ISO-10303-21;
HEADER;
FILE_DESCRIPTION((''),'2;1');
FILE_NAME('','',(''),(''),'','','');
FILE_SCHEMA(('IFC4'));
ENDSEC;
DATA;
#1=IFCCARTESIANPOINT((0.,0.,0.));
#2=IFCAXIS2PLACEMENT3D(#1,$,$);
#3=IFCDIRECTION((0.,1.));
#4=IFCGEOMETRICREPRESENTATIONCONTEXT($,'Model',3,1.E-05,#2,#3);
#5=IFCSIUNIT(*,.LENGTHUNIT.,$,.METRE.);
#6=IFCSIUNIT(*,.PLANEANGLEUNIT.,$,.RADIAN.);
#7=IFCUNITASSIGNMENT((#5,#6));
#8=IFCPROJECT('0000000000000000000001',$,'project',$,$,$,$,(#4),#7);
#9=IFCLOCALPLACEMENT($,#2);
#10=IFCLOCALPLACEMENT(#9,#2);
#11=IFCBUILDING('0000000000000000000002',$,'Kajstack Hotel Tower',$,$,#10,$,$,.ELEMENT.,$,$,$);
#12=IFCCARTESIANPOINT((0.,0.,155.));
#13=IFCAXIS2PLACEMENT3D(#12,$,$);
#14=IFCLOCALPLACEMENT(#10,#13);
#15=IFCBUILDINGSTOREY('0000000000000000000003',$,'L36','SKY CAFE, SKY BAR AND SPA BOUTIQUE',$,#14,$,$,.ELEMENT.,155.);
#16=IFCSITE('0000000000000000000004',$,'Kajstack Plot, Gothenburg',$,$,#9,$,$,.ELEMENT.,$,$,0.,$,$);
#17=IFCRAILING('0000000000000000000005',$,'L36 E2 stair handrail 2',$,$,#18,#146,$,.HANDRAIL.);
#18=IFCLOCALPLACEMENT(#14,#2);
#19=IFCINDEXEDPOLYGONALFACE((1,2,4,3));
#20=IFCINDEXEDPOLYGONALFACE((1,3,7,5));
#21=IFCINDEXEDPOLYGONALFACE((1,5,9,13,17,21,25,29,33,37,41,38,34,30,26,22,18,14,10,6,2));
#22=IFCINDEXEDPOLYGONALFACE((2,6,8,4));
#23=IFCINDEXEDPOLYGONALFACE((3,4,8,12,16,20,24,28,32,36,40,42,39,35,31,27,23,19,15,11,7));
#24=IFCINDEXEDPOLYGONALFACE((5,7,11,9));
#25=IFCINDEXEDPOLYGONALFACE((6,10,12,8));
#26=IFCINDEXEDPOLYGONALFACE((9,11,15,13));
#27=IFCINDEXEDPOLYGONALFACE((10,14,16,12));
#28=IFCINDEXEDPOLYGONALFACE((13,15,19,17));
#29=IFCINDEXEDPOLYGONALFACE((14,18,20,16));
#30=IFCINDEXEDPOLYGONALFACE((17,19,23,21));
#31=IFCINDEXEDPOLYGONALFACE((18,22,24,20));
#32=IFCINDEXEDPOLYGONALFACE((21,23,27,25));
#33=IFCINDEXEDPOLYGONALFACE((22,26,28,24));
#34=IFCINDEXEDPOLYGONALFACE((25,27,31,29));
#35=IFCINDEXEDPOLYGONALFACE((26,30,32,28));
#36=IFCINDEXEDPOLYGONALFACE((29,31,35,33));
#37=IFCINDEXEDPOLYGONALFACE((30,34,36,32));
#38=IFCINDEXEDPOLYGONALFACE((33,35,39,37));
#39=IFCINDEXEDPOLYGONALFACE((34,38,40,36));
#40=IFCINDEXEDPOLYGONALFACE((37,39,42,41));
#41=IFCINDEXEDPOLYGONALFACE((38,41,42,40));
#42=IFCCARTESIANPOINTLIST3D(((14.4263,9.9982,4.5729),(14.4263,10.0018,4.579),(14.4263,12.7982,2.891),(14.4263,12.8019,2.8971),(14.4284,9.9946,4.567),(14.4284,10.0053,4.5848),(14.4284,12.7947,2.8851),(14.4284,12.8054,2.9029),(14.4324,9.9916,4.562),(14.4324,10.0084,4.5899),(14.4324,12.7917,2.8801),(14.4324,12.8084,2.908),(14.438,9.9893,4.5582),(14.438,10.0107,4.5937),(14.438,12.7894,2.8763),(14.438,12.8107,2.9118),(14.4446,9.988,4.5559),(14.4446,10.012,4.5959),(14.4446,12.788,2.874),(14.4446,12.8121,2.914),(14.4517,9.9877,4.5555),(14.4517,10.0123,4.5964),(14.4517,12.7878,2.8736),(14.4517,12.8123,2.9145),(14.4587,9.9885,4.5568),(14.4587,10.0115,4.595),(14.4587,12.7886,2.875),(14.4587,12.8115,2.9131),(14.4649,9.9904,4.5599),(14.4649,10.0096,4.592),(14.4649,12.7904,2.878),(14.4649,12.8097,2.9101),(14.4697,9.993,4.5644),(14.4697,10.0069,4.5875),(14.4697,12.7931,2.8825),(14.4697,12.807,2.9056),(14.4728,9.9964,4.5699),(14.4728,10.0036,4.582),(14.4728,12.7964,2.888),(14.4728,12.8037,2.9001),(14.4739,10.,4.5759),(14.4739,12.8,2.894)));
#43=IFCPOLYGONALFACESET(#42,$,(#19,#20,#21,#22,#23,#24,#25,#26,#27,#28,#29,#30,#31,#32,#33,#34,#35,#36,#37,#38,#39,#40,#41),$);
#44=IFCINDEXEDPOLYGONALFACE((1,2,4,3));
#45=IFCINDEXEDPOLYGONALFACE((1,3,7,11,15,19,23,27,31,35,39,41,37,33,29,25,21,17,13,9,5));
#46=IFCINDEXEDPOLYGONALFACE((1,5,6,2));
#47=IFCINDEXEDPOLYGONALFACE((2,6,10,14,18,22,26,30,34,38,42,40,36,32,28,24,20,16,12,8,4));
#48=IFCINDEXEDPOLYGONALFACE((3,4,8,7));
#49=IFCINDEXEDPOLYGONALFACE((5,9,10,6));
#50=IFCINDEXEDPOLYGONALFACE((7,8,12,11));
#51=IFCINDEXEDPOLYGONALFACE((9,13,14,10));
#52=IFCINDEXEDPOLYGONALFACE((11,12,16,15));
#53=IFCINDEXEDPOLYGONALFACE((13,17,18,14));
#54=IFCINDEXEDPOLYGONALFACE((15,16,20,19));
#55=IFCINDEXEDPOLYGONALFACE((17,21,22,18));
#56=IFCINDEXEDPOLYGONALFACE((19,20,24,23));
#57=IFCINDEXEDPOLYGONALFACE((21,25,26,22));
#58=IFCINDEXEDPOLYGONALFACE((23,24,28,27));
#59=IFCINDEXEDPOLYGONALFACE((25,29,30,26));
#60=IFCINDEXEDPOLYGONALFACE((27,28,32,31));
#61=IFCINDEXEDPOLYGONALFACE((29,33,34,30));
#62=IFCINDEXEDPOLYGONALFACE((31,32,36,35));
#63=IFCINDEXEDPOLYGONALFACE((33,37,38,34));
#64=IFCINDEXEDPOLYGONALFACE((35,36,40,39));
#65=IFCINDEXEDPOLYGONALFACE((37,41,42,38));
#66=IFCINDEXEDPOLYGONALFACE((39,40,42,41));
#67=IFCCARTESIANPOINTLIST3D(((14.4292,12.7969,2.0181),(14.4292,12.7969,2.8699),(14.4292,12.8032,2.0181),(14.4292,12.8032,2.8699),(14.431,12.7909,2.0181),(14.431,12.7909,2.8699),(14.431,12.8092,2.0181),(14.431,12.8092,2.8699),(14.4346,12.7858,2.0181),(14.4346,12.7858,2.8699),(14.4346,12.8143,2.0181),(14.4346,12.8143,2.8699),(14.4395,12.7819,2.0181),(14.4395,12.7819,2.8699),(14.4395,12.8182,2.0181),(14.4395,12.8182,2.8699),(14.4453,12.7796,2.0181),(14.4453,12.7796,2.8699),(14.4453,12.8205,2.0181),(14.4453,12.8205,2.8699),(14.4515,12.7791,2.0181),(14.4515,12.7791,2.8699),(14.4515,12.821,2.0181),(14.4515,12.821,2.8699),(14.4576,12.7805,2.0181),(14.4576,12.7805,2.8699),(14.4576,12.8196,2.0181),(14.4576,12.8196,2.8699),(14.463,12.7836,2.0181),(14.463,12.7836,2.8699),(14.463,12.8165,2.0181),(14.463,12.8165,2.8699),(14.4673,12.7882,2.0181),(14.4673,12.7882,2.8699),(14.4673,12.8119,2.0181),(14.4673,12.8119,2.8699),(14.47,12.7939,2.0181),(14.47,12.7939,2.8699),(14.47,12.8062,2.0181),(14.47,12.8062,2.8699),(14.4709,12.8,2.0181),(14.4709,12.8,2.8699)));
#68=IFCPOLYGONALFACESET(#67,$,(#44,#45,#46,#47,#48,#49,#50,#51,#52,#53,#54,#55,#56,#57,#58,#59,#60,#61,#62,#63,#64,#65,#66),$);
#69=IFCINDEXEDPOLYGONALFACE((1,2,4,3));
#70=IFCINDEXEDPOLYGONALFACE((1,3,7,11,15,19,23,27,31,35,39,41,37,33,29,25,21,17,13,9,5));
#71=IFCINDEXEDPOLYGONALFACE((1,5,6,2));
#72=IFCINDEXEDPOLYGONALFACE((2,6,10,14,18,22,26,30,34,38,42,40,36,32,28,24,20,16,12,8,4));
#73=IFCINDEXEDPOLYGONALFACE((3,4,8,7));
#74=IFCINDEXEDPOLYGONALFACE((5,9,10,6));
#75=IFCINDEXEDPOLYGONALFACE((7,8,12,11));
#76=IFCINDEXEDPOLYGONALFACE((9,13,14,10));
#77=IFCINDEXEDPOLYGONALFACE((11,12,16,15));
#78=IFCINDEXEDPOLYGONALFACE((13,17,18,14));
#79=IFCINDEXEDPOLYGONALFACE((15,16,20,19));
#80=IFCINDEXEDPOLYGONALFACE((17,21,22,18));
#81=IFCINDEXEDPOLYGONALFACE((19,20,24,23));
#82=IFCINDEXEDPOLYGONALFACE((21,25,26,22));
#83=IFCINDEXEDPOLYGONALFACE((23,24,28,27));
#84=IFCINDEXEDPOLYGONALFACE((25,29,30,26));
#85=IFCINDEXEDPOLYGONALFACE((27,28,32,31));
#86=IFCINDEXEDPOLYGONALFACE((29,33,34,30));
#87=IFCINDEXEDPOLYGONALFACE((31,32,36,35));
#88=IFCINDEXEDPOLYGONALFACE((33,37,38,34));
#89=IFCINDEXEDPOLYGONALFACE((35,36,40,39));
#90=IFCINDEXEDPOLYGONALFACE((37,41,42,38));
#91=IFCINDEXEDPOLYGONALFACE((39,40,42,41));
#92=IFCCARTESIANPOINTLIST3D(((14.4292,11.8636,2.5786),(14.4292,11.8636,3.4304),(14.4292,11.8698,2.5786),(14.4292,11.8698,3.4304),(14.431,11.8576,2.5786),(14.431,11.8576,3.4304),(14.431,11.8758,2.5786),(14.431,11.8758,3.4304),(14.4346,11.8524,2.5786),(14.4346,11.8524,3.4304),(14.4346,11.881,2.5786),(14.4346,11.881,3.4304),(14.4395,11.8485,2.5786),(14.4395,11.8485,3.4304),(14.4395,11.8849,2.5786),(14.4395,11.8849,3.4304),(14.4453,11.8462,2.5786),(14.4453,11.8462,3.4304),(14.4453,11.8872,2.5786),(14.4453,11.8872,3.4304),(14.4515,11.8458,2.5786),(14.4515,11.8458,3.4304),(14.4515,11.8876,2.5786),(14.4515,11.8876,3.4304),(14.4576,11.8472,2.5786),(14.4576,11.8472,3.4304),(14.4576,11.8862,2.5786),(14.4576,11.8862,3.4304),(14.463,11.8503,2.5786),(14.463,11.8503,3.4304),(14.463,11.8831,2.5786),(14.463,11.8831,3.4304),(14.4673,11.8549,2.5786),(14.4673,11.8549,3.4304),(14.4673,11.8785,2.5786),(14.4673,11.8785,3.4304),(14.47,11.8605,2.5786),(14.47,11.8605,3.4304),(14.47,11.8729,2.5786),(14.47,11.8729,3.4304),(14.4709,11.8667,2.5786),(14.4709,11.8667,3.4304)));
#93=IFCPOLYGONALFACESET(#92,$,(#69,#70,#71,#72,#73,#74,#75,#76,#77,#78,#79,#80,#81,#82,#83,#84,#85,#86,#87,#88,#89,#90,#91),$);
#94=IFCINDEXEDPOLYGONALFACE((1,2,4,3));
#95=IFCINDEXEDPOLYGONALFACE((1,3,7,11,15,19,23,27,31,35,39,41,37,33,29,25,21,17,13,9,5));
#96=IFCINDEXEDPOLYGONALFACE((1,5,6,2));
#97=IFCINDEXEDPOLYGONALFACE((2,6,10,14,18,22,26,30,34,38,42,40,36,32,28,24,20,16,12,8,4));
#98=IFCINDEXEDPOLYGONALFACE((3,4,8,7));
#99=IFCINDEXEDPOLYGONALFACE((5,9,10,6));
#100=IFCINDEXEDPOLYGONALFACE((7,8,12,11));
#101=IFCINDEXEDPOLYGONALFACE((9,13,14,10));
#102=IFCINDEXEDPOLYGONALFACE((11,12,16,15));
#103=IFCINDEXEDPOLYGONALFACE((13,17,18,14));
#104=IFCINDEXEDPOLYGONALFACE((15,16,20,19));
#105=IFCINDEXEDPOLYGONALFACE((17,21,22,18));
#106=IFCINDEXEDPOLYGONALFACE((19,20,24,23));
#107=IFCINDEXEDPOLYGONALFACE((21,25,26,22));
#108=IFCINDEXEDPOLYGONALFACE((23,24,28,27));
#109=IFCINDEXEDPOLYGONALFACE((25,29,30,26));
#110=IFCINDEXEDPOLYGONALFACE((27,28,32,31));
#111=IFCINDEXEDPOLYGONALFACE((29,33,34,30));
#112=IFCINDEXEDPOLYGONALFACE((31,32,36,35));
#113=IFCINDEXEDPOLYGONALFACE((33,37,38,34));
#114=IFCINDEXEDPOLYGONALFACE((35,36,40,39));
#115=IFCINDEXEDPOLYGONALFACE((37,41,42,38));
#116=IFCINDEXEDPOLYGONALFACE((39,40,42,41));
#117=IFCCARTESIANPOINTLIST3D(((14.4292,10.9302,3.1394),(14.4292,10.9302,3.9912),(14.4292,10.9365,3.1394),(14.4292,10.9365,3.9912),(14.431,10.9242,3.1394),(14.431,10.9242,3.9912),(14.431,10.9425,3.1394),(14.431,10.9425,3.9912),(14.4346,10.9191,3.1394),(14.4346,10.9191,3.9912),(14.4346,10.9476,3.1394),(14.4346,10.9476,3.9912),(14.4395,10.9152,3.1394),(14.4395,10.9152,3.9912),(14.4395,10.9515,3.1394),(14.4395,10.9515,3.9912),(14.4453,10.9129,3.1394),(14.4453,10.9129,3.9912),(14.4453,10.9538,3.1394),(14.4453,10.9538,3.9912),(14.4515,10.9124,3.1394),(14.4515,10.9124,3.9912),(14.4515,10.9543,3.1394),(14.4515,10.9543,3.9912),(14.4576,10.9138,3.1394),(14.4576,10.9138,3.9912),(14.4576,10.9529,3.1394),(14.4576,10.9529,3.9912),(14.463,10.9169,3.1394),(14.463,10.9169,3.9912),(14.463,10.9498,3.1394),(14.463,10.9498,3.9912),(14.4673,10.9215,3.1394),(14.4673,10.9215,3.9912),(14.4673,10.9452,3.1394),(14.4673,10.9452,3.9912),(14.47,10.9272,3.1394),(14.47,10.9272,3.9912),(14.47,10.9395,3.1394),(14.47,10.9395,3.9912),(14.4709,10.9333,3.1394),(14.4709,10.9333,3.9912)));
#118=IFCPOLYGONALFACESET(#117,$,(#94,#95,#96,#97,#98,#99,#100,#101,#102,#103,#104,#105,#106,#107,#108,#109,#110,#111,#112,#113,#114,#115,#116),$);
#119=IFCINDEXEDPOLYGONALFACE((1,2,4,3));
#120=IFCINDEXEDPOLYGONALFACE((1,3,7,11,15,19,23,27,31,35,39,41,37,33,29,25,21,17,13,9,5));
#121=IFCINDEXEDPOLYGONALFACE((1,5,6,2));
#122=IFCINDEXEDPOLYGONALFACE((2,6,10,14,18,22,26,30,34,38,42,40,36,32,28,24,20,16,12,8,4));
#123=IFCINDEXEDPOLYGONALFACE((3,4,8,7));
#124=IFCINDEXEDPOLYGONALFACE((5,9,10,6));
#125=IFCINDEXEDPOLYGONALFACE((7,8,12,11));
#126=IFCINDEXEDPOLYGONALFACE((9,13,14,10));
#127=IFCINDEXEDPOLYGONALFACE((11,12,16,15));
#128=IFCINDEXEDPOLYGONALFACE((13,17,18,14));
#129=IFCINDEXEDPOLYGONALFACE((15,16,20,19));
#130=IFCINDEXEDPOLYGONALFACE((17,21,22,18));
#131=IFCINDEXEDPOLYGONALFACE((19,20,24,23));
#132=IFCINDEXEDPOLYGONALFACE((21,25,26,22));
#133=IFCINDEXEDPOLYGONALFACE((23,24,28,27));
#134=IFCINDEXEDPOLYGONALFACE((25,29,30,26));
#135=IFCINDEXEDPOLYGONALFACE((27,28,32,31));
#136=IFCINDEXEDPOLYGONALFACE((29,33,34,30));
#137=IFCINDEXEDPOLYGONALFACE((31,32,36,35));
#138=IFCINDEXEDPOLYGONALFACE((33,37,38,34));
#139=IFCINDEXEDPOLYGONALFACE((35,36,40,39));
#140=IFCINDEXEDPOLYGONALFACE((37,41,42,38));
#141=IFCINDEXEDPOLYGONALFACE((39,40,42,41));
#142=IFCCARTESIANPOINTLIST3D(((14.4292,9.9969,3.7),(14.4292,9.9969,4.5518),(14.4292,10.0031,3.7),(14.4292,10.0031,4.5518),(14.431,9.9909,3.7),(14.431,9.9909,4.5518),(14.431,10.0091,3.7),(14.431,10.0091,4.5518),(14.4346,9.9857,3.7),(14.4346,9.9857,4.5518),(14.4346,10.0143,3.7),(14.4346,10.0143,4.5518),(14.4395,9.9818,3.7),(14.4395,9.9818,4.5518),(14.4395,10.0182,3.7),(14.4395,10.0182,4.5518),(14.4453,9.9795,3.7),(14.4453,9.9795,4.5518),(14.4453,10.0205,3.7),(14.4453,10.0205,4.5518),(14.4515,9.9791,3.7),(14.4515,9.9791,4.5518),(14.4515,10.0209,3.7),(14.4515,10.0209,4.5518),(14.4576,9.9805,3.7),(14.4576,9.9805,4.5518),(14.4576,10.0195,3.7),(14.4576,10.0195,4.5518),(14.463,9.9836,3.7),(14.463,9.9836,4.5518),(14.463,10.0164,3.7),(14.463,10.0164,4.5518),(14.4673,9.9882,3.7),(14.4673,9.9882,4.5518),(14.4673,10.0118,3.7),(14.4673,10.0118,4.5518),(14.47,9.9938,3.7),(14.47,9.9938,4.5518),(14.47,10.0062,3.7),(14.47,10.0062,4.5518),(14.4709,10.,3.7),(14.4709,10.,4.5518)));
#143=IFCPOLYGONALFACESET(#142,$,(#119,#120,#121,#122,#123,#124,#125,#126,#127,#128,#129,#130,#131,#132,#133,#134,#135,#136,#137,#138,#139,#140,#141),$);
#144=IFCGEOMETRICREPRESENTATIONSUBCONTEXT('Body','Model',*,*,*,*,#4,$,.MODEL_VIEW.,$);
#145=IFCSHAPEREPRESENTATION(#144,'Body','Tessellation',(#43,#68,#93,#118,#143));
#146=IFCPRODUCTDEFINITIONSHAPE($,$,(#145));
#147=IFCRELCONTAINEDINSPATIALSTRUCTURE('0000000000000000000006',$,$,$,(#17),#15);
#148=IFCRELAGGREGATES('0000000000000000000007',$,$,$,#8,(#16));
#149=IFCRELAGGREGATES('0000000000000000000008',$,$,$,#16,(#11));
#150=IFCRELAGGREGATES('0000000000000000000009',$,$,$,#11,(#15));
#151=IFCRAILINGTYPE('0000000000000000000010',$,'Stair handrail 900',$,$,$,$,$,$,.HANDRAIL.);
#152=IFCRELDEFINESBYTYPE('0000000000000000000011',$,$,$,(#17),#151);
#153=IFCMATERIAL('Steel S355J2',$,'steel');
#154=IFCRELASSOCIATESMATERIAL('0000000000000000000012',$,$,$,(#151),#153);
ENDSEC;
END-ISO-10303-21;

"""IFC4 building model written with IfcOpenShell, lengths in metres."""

from ifc_helpers import new_model, si_unit, direction, frame, origin, origin_2d, place, context, subcontext, project, spatial, circle, extrude, material, type_object, element, save


model = new_model("IFC4")

# Units and contexts
model_context = context("Model", 3, precision=1e-05, world=origin(), true_north=direction((0.0, 1.0)))
body_context = subcontext(model_context, "Body", "Model", "MODEL_VIEW")
ifc_project = project(units=[si_unit("LENGTHUNIT", "METRE"), si_unit("PLANEANGLEUNIT", "RADIAN")], contexts=[model_context])

# Site, building, storey
site_placement = place(None, origin())
site = spatial("IfcSite", under=ifc_project, at=site_placement, Name="Kajstack Plot, Gothenburg", CompositionType="ELEMENT", RefElevation=0.0)
building_placement = place(site_placement, origin())
building = spatial("IfcBuilding", under=site, at=building_placement, Name="Kajstack Hotel Tower", CompositionType="ELEMENT")
storey_placement = place(building_placement, frame((0.0, 0.0, 155.0)))
storey = spatial("IfcBuildingStorey", under=building, at=storey_placement, Name="L36", Description="SKY CAFE, SKY BAR AND SPA BOUTIQUE", CompositionType="ELEMENT", Elevation=155.0)

# Railing
ifc_material_1 = material(Name="Steel S355J2", Category="steel")
railing_type_1 = type_object("IfcRailingType", Name="Stair handrail 900", PredefinedType="HANDRAIL", material=ifc_material_1)
railing_1_placement = place(storey_placement, frame((14.45, 12.8, 2.0181)))
element("IfcRailing", 1, at=railing_1_placement, inside=storey, type_object=railing_type_1, Name="L36 E2 stair handrail 2", PredefinedType="HANDRAIL", context=body_context, shape_type="SweptSolid", body=[
    extrude(circle(Radius=0.0239, at=origin_2d()), frame((0.0, 0.0, 0.876), z_axis=(0.0, -0.857242, 0.514913), x_axis=(1.0, 0.0, 0.0)), (0.0, 0.0, 1.0), 3.2664),
    extrude(circle(Radius=0.021, at=origin_2d()), origin(), (0.0, 0.0, 1.0), 0.8518),
    extrude(circle(Radius=0.021, at=origin_2d()), frame((0.0, -0.9333, 0.5605)), (0.0, 0.0, 1.0), 0.8518),
    extrude(circle(Radius=0.021, at=origin_2d()), frame((0.0, -1.8667, 1.1213)), (0.0, 0.0, 1.0), 0.8518),
    extrude(circle(Radius=0.021, at=origin_2d()), frame((0.0, -2.8, 1.6819)), (0.0, 0.0, 1.0), 0.8518),
])

save(model, "model.ifc")
